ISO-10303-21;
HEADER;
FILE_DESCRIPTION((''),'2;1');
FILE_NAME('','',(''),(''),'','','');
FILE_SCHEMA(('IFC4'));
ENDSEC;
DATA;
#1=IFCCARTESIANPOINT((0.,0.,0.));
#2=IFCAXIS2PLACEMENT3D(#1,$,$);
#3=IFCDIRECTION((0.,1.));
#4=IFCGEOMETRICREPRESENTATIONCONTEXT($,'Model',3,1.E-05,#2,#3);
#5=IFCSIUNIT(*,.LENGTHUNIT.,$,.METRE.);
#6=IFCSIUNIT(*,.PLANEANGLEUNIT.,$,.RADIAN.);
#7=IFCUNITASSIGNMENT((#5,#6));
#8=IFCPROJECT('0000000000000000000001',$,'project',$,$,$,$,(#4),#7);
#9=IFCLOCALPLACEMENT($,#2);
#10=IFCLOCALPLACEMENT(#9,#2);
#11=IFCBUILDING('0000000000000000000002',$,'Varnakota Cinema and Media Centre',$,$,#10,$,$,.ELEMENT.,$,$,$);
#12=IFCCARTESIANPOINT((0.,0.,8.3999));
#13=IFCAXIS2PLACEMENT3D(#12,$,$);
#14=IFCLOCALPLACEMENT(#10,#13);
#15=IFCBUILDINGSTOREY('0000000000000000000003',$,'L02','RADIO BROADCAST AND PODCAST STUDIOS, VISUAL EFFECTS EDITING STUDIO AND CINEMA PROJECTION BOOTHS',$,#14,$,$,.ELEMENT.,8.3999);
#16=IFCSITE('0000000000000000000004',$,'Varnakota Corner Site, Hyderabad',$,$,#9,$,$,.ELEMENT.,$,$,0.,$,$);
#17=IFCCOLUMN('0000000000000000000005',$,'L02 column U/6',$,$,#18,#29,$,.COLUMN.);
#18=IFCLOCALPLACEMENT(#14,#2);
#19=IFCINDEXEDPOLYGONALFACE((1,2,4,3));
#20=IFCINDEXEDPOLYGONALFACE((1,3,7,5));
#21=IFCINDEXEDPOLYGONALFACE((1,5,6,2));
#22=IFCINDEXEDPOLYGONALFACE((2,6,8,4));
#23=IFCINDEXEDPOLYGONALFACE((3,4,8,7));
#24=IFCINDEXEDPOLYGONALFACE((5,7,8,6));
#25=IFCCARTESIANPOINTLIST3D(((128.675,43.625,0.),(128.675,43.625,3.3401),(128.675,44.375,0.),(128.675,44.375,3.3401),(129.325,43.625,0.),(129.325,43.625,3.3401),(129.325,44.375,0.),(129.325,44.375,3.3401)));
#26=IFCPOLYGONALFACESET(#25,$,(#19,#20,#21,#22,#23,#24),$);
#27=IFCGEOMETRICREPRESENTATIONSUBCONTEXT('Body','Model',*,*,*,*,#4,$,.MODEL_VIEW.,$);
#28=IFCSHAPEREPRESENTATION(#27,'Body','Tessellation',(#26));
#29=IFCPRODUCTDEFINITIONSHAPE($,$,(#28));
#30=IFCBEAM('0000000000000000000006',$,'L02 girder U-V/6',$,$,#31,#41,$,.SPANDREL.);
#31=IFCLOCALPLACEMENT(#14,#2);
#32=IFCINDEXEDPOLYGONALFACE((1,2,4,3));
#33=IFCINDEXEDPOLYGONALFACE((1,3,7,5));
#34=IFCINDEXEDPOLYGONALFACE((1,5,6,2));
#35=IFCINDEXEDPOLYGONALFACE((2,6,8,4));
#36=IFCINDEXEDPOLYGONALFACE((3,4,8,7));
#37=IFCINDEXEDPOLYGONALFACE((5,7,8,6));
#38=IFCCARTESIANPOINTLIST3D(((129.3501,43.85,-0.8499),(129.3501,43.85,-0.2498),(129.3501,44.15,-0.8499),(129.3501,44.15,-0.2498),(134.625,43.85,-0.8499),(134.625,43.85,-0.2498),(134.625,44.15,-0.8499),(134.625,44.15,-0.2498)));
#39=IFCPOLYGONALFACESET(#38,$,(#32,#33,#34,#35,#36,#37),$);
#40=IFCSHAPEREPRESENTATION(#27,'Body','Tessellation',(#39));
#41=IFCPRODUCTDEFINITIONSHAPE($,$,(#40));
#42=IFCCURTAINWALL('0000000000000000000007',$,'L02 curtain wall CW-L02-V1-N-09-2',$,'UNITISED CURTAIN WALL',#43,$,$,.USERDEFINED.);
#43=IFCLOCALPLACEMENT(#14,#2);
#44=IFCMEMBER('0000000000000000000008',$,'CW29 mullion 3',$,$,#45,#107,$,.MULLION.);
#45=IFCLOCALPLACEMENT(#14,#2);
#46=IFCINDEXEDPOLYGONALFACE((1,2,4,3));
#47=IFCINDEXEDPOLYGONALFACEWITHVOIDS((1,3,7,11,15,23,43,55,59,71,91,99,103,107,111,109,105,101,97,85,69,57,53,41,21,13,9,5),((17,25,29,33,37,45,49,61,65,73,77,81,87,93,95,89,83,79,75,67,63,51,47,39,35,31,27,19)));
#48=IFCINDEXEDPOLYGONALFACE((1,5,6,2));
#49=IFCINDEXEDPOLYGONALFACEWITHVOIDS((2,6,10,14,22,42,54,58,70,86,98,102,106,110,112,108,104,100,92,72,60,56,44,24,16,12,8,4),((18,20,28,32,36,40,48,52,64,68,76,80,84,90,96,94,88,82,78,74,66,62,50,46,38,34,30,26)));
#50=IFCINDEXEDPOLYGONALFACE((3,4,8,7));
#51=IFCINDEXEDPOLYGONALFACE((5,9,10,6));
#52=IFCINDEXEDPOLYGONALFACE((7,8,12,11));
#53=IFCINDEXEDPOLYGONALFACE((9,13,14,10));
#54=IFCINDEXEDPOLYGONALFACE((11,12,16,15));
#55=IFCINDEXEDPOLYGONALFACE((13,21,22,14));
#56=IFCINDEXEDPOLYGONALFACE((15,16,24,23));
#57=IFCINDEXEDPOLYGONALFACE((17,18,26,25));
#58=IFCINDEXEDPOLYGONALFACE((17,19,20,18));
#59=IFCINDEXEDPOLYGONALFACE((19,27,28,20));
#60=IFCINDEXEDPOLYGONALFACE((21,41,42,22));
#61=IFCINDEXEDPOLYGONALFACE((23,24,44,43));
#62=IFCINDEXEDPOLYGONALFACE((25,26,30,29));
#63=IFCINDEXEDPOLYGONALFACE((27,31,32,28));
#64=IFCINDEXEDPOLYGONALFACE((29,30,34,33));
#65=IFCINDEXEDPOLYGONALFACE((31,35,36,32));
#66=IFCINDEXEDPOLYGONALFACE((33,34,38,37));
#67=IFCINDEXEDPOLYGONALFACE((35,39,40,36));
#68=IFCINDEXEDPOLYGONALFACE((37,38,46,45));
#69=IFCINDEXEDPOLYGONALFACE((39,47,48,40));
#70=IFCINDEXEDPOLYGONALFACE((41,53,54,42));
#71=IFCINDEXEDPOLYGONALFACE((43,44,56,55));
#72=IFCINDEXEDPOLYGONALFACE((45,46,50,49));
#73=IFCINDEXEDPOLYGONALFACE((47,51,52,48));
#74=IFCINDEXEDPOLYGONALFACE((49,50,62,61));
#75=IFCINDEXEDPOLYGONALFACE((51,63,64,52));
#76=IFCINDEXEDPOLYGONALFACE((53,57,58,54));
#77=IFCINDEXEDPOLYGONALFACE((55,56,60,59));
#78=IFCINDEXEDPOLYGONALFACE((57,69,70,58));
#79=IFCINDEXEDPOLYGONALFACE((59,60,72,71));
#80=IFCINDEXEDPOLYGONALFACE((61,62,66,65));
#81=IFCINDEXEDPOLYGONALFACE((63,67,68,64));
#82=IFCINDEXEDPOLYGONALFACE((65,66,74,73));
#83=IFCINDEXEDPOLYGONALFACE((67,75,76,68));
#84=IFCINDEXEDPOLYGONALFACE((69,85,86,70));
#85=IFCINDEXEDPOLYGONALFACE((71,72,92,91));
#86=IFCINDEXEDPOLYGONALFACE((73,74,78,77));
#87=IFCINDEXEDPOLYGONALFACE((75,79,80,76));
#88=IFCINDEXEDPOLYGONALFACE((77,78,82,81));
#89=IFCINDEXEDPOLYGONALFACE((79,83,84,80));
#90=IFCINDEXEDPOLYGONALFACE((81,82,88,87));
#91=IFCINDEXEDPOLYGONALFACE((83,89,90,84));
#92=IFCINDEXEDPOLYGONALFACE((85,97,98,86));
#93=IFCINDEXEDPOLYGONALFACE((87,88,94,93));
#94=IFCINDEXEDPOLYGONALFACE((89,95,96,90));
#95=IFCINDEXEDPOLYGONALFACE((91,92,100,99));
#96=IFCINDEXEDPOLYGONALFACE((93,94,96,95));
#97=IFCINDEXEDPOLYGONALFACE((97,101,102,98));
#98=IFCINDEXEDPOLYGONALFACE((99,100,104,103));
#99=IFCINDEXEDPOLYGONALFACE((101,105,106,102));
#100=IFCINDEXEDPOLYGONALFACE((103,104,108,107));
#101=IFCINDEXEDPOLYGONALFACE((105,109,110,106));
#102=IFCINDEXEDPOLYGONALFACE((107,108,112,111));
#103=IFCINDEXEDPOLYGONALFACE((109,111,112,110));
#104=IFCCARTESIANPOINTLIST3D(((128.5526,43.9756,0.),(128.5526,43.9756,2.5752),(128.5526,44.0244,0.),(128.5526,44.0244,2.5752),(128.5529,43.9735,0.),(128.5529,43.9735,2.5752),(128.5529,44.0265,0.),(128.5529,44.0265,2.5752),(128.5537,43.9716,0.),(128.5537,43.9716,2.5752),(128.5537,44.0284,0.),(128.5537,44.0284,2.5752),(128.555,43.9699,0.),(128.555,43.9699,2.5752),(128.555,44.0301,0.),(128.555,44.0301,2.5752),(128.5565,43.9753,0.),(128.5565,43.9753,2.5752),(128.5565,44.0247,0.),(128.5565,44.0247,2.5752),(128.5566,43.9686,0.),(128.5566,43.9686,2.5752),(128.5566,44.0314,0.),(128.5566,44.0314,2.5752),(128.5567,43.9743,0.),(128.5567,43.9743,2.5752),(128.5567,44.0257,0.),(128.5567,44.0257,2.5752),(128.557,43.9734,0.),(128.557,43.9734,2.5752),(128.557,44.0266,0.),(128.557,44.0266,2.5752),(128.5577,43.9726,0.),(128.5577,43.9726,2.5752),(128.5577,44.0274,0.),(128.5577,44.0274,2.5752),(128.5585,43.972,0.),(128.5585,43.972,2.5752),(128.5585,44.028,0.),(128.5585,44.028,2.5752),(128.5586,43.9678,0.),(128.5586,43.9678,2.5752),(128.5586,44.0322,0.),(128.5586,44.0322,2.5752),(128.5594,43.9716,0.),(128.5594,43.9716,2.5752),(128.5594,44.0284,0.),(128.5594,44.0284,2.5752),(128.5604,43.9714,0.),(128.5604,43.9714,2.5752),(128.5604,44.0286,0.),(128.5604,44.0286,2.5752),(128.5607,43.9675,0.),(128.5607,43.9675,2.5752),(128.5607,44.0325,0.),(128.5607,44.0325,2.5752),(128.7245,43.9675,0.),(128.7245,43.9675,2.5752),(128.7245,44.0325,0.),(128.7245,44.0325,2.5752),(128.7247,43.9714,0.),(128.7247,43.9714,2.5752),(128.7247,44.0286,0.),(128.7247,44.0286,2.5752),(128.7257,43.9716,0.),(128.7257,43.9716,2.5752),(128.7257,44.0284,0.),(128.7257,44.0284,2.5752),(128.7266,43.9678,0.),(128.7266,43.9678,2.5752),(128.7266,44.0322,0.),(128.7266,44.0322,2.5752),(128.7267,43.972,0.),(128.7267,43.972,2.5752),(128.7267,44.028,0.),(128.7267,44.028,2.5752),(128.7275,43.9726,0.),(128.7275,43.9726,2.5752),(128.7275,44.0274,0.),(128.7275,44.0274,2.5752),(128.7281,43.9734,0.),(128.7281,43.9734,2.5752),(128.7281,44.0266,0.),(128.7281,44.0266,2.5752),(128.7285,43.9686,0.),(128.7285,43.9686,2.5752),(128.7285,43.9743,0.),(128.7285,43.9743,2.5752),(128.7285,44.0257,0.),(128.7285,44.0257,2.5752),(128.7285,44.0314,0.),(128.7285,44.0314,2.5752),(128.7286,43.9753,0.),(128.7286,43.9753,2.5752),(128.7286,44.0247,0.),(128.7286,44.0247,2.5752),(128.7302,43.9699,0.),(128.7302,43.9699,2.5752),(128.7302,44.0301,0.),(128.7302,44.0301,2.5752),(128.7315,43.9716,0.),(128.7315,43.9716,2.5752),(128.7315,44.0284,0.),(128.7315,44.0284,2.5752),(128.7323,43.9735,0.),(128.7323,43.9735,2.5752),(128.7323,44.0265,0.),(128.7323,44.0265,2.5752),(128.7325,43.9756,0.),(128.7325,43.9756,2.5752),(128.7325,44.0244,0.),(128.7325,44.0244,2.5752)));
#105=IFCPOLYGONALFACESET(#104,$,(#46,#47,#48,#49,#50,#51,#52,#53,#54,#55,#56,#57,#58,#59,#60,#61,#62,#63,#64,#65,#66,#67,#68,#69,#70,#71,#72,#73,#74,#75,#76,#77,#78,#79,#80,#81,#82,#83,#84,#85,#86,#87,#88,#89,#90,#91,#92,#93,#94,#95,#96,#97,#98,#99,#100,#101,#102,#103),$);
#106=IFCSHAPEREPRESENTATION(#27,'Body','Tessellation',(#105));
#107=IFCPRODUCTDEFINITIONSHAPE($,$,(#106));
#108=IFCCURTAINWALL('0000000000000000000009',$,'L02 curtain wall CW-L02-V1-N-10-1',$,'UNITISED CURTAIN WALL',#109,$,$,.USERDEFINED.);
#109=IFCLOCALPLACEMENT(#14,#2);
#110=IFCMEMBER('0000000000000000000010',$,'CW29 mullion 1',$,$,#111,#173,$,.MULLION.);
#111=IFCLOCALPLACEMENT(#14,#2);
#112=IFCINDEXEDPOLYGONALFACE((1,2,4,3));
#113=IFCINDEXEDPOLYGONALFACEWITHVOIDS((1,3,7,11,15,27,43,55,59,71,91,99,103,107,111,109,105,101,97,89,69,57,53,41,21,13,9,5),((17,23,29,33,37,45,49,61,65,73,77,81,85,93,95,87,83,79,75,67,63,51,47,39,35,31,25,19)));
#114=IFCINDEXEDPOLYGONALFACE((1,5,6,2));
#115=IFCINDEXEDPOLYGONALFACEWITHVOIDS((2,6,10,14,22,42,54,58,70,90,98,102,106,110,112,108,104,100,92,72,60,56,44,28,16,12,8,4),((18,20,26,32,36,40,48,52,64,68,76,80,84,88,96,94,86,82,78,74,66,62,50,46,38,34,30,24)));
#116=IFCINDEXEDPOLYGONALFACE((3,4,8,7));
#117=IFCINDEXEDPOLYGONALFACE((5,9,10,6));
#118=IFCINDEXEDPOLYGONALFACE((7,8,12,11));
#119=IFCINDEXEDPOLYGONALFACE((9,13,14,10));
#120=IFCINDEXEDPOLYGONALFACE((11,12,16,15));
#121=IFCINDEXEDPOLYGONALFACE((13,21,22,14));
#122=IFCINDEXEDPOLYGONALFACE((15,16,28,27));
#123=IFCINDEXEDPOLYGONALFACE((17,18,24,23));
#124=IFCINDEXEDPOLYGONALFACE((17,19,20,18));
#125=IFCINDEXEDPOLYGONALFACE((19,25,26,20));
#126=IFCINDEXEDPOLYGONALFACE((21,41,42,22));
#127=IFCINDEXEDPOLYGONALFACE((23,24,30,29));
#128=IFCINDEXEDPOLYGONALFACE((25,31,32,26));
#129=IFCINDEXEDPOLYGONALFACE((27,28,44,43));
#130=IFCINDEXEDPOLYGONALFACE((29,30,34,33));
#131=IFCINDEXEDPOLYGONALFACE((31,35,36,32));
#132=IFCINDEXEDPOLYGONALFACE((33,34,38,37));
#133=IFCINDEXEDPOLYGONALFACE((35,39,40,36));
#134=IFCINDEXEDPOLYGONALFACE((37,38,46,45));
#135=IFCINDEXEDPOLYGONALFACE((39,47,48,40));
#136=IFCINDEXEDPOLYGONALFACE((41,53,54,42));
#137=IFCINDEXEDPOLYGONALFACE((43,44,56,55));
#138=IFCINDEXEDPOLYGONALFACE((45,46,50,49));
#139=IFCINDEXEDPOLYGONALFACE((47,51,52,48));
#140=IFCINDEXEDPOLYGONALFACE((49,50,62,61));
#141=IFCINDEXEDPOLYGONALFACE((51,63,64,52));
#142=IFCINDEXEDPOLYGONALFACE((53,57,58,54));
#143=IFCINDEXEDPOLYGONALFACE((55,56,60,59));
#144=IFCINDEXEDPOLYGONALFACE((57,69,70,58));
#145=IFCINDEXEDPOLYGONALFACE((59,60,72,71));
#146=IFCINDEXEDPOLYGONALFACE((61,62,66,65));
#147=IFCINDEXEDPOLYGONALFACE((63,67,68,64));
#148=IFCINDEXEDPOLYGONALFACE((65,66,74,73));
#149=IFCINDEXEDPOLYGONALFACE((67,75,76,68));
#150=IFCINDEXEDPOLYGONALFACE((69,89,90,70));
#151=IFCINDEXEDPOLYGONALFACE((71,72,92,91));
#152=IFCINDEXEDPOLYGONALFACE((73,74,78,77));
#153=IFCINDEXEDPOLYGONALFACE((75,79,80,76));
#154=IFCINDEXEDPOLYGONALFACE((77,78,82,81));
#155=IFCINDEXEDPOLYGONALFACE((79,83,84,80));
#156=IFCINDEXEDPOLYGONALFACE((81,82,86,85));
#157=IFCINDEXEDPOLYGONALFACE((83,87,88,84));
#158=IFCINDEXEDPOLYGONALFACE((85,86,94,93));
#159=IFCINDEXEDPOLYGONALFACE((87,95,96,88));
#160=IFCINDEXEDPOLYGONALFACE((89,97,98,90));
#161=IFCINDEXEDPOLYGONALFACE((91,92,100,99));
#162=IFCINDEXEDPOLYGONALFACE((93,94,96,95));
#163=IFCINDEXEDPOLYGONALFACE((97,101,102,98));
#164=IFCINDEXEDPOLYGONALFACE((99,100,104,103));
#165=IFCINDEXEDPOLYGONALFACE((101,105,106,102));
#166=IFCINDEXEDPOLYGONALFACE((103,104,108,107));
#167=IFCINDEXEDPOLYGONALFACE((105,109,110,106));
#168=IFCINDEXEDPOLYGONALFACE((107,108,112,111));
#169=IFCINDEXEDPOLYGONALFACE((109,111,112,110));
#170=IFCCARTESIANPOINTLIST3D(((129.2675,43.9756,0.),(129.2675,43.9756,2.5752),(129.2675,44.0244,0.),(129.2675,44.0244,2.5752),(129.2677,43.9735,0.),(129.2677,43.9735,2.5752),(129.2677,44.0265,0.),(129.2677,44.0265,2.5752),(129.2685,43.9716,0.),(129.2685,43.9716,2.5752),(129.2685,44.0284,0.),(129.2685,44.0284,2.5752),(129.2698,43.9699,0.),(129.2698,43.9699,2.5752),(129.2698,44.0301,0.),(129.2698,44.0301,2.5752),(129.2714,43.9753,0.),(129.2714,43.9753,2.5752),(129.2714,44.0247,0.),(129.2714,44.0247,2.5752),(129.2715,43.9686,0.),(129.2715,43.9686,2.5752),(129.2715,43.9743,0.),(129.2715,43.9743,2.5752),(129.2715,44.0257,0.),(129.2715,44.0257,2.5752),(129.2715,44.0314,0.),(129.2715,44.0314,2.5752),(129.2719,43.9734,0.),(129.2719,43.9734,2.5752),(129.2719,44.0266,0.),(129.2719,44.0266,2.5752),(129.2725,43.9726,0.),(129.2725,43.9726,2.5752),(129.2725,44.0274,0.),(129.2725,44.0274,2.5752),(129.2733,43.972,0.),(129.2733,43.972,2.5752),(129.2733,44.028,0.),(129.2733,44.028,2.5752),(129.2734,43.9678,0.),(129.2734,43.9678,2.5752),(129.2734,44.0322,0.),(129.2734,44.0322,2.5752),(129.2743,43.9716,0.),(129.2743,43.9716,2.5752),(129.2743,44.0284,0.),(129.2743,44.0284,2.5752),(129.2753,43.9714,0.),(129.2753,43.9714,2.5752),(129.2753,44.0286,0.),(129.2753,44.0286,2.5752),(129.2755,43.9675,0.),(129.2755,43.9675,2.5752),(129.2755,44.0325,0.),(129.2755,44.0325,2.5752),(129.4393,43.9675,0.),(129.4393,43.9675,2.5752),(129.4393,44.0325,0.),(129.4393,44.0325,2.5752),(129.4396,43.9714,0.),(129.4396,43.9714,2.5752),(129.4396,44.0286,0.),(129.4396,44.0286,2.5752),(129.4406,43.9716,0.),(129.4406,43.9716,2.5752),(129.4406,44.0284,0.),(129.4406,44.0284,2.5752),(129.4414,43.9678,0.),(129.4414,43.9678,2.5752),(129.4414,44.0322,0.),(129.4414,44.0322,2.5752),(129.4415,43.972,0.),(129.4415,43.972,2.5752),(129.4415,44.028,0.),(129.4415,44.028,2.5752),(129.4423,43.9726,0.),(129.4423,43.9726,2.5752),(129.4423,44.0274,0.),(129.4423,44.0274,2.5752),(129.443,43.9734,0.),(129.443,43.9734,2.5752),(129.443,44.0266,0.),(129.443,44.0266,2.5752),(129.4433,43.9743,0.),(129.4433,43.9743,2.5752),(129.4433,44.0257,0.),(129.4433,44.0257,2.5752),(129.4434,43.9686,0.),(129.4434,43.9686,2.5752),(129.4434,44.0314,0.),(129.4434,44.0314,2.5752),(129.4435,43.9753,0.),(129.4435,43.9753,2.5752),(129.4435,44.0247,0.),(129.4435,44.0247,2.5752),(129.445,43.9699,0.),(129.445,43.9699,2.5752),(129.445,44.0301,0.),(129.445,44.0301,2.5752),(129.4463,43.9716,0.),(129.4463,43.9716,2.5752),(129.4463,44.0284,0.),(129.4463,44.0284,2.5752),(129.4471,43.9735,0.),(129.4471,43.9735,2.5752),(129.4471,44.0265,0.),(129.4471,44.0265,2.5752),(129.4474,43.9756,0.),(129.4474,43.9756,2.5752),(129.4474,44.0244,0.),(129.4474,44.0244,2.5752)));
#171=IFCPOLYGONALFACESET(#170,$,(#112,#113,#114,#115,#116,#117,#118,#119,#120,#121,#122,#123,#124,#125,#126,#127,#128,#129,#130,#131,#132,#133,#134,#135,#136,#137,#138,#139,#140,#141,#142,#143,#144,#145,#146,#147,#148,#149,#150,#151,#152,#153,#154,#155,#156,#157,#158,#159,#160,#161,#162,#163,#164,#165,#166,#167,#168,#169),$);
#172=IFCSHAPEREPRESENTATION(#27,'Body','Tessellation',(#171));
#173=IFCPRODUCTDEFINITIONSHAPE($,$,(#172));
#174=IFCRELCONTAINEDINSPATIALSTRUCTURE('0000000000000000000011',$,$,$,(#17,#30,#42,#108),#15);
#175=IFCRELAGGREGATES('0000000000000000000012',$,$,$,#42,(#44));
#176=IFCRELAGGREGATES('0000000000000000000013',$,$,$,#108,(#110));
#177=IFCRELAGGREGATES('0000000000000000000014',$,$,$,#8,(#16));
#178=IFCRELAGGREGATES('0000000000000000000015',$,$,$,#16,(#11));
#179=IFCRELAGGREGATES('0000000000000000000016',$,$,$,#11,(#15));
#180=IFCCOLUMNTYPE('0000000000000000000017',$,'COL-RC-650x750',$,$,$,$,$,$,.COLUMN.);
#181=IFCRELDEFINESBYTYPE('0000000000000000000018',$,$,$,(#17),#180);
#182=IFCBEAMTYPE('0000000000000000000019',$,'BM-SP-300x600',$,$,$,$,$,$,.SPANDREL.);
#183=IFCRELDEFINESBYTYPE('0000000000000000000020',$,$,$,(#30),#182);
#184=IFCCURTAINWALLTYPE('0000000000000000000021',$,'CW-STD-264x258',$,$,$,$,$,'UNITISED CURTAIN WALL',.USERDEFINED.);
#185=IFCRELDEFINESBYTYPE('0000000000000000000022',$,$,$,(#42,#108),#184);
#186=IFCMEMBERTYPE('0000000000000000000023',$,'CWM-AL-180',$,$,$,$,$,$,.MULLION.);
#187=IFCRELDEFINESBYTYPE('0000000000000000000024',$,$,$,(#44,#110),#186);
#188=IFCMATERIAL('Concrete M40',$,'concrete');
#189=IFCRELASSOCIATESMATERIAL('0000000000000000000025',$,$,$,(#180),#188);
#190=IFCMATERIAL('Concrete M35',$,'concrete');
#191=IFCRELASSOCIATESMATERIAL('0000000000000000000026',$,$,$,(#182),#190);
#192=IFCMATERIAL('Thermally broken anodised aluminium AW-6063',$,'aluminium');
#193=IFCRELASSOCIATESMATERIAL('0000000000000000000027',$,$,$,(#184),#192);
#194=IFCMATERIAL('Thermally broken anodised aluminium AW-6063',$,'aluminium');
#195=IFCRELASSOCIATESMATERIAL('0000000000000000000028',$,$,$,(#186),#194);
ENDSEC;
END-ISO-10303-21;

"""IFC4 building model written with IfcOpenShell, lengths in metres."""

from ifc_helpers import new_model, si_unit, direction, frame, origin, origin_2d, place, context, subcontext, project, spatial, rectangle, hollow_rectangle, extrude, material, material_profile, profile_set, type_object, element, aggregate, save


model = new_model("IFC4")

# Units and contexts
model_context = context("Model", 3, precision=1e-05, world=origin(), true_north=direction((0.0, 1.0)))
body_context = subcontext(model_context, "Body", "Model", "MODEL_VIEW")
ifc_project = project(units=[si_unit("LENGTHUNIT", "METRE"), si_unit("PLANEANGLEUNIT", "RADIAN")], contexts=[model_context])

# Site, building, storey
site_placement = place(None, origin())
site = spatial("IfcSite", under=ifc_project, at=site_placement, Name="Varnakota Corner Site, Hyderabad", CompositionType="ELEMENT", RefElevation=0.0)
building_placement = place(site_placement, origin())
building = spatial("IfcBuilding", under=site, at=building_placement, Name="Varnakota Cinema and Media Centre", CompositionType="ELEMENT")
storey_placement = place(building_placement, frame((0.0, 0.0, 8.3999)))
storey = spatial("IfcBuildingStorey", under=building, at=storey_placement, Name="L02", Description="RADIO BROADCAST AND PODCAST STUDIOS, VISUAL EFFECTS EDITING STUDIO AND CINEMA PROJECTION BOOTHS", CompositionType="ELEMENT", Elevation=8.3999)

# Column
ifc_material_1 = material(Name="Concrete M40", Category="concrete")
ifc_material_profile_1 = material_profile(ifc_material_1, rectangle(XDim=0.6499, YDim=0.75, at=origin_2d()), Name="RC 650x750")
ifc_profile_set_1 = profile_set([ifc_material_profile_1], Name="Concrete M40")
column_type = type_object("IfcColumnType", Name="COL-RC-650x750", PredefinedType="COLUMN", material=ifc_profile_set_1)
column_placement = place(storey_placement, frame((129.0, 44.0, 0.0), z_axis=(0.0, 0.0, 1.0), x_axis=(1.0, 0.0, 0.0)))
element("IfcColumn", 1, at=column_placement, inside=storey, type_object=column_type, Name="L02 column U/6", PredefinedType="COLUMN", context=body_context, shape_type="SweptSolid", body=[
    extrude(rectangle(XDim=0.6499, YDim=0.75, at=origin_2d()), origin(), (0.0, 0.0, 1.0), 3.3401),
])

# Beam
ifc_material_2 = material(Name="Concrete M35", Category="concrete")
ifc_material_profile_2 = material_profile(ifc_material_2, rectangle(XDim=0.3, YDim=0.6001, at=origin_2d()), Name="RCB 300x600")
ifc_profile_set_2 = profile_set([ifc_material_profile_2], Name="Concrete M35")
beam_type = type_object("IfcBeamType", Name="BM-SP-300x600", PredefinedType="SPANDREL", material=ifc_profile_set_2)
beam_placement = place(storey_placement, frame((129.3501, 44.0, -0.5498), z_axis=(1.0, 0.0, 0.0), x_axis=(0.0, 1.0, 0.0)))
element("IfcBeam", 2, at=beam_placement, inside=storey, type_object=beam_type, Name="L02 girder U-V/6", PredefinedType="SPANDREL", context=body_context, shape_type="SweptSolid", body=[
    extrude(rectangle(XDim=0.3, YDim=0.6001, at=origin_2d()), origin(), (0.0, 0.0, 1.0), 5.2749),
])

# Curtain wall, member
ifc_material_3 = material(Name="Thermally broken anodised aluminium AW-6063", Category="aluminium")
curtain_wall_type = type_object("IfcCurtainWallType", Name="CW-STD-264x258", ElementType="UNITISED CURTAIN WALL", PredefinedType="USERDEFINED", material=ifc_material_3)
curtain_wall_1_placement = place(storey_placement, origin())
curtain_wall_1 = element("IfcCurtainWall", 3, at=curtain_wall_1_placement, inside=storey, type_object=curtain_wall_type, Name="L02 curtain wall CW-L02-V1-N-09-2", ObjectType="UNITISED CURTAIN WALL", PredefinedType="USERDEFINED")
ifc_material_4 = material(Name="Thermally broken anodised aluminium AW-6063", Category="aluminium")
ifc_material_profile_3 = material_profile(ifc_material_4, hollow_rectangle(XDim=0.0649, YDim=0.1799, WallThickness=0.0039, InnerFilletRadius=0.0039, OuterFilletRadius=0.0081, at=origin_2d()), Name="AL-MULLION 180x65x4")
ifc_profile_set_3 = profile_set([ifc_material_profile_3], Name="Thermally broken anodised aluminium AW-6063")
member_type_1 = type_object("IfcMemberType", Name="CWM-AL-180", PredefinedType="MULLION", material=ifc_profile_set_3)
member_1_placement = place(storey_placement, frame((128.6426, 44.0, 0.0), z_axis=(0.0, 0.0, 1.0), x_axis=(0.0, 1.0, 0.0)))
member_1 = element("IfcMember", 4, at=member_1_placement, type_object=member_type_1, Name="CW29 mullion 3", PredefinedType="MULLION", context=body_context, shape_type="SweptSolid", body=[
    extrude(hollow_rectangle(XDim=0.0649, YDim=0.1799, WallThickness=0.0039, InnerFilletRadius=0.0039, OuterFilletRadius=0.0081, at=origin_2d()), origin(), (0.0, 0.0, 1.0), 2.5752),
])

# Curtain wall, member
curtain_wall_2_placement = place(storey_placement, origin())
curtain_wall_2 = element("IfcCurtainWall", 5, at=curtain_wall_2_placement, inside=storey, type_object=curtain_wall_type, Name="L02 curtain wall CW-L02-V1-N-10-1", ObjectType="UNITISED CURTAIN WALL", PredefinedType="USERDEFINED")
member_2_placement = place(storey_placement, frame((129.3574, 44.0, 0.0), z_axis=(0.0, 0.0, 1.0), x_axis=(0.0, 1.0, 0.0)))
member_2 = element("IfcMember", 6, at=member_2_placement, type_object=member_type_1, Name="CW29 mullion 1", PredefinedType="MULLION", context=body_context, shape_type="SweptSolid", body=[
    extrude(hollow_rectangle(XDim=0.0649, YDim=0.1799, WallThickness=0.0039, InnerFilletRadius=0.0039, OuterFilletRadius=0.0081, at=origin_2d()), origin(), (0.0, 0.0, 1.0), 2.5752),
])

aggregate(curtain_wall_1, [member_1])
aggregate(curtain_wall_2, [member_2])

save(model, "model.ifc")
